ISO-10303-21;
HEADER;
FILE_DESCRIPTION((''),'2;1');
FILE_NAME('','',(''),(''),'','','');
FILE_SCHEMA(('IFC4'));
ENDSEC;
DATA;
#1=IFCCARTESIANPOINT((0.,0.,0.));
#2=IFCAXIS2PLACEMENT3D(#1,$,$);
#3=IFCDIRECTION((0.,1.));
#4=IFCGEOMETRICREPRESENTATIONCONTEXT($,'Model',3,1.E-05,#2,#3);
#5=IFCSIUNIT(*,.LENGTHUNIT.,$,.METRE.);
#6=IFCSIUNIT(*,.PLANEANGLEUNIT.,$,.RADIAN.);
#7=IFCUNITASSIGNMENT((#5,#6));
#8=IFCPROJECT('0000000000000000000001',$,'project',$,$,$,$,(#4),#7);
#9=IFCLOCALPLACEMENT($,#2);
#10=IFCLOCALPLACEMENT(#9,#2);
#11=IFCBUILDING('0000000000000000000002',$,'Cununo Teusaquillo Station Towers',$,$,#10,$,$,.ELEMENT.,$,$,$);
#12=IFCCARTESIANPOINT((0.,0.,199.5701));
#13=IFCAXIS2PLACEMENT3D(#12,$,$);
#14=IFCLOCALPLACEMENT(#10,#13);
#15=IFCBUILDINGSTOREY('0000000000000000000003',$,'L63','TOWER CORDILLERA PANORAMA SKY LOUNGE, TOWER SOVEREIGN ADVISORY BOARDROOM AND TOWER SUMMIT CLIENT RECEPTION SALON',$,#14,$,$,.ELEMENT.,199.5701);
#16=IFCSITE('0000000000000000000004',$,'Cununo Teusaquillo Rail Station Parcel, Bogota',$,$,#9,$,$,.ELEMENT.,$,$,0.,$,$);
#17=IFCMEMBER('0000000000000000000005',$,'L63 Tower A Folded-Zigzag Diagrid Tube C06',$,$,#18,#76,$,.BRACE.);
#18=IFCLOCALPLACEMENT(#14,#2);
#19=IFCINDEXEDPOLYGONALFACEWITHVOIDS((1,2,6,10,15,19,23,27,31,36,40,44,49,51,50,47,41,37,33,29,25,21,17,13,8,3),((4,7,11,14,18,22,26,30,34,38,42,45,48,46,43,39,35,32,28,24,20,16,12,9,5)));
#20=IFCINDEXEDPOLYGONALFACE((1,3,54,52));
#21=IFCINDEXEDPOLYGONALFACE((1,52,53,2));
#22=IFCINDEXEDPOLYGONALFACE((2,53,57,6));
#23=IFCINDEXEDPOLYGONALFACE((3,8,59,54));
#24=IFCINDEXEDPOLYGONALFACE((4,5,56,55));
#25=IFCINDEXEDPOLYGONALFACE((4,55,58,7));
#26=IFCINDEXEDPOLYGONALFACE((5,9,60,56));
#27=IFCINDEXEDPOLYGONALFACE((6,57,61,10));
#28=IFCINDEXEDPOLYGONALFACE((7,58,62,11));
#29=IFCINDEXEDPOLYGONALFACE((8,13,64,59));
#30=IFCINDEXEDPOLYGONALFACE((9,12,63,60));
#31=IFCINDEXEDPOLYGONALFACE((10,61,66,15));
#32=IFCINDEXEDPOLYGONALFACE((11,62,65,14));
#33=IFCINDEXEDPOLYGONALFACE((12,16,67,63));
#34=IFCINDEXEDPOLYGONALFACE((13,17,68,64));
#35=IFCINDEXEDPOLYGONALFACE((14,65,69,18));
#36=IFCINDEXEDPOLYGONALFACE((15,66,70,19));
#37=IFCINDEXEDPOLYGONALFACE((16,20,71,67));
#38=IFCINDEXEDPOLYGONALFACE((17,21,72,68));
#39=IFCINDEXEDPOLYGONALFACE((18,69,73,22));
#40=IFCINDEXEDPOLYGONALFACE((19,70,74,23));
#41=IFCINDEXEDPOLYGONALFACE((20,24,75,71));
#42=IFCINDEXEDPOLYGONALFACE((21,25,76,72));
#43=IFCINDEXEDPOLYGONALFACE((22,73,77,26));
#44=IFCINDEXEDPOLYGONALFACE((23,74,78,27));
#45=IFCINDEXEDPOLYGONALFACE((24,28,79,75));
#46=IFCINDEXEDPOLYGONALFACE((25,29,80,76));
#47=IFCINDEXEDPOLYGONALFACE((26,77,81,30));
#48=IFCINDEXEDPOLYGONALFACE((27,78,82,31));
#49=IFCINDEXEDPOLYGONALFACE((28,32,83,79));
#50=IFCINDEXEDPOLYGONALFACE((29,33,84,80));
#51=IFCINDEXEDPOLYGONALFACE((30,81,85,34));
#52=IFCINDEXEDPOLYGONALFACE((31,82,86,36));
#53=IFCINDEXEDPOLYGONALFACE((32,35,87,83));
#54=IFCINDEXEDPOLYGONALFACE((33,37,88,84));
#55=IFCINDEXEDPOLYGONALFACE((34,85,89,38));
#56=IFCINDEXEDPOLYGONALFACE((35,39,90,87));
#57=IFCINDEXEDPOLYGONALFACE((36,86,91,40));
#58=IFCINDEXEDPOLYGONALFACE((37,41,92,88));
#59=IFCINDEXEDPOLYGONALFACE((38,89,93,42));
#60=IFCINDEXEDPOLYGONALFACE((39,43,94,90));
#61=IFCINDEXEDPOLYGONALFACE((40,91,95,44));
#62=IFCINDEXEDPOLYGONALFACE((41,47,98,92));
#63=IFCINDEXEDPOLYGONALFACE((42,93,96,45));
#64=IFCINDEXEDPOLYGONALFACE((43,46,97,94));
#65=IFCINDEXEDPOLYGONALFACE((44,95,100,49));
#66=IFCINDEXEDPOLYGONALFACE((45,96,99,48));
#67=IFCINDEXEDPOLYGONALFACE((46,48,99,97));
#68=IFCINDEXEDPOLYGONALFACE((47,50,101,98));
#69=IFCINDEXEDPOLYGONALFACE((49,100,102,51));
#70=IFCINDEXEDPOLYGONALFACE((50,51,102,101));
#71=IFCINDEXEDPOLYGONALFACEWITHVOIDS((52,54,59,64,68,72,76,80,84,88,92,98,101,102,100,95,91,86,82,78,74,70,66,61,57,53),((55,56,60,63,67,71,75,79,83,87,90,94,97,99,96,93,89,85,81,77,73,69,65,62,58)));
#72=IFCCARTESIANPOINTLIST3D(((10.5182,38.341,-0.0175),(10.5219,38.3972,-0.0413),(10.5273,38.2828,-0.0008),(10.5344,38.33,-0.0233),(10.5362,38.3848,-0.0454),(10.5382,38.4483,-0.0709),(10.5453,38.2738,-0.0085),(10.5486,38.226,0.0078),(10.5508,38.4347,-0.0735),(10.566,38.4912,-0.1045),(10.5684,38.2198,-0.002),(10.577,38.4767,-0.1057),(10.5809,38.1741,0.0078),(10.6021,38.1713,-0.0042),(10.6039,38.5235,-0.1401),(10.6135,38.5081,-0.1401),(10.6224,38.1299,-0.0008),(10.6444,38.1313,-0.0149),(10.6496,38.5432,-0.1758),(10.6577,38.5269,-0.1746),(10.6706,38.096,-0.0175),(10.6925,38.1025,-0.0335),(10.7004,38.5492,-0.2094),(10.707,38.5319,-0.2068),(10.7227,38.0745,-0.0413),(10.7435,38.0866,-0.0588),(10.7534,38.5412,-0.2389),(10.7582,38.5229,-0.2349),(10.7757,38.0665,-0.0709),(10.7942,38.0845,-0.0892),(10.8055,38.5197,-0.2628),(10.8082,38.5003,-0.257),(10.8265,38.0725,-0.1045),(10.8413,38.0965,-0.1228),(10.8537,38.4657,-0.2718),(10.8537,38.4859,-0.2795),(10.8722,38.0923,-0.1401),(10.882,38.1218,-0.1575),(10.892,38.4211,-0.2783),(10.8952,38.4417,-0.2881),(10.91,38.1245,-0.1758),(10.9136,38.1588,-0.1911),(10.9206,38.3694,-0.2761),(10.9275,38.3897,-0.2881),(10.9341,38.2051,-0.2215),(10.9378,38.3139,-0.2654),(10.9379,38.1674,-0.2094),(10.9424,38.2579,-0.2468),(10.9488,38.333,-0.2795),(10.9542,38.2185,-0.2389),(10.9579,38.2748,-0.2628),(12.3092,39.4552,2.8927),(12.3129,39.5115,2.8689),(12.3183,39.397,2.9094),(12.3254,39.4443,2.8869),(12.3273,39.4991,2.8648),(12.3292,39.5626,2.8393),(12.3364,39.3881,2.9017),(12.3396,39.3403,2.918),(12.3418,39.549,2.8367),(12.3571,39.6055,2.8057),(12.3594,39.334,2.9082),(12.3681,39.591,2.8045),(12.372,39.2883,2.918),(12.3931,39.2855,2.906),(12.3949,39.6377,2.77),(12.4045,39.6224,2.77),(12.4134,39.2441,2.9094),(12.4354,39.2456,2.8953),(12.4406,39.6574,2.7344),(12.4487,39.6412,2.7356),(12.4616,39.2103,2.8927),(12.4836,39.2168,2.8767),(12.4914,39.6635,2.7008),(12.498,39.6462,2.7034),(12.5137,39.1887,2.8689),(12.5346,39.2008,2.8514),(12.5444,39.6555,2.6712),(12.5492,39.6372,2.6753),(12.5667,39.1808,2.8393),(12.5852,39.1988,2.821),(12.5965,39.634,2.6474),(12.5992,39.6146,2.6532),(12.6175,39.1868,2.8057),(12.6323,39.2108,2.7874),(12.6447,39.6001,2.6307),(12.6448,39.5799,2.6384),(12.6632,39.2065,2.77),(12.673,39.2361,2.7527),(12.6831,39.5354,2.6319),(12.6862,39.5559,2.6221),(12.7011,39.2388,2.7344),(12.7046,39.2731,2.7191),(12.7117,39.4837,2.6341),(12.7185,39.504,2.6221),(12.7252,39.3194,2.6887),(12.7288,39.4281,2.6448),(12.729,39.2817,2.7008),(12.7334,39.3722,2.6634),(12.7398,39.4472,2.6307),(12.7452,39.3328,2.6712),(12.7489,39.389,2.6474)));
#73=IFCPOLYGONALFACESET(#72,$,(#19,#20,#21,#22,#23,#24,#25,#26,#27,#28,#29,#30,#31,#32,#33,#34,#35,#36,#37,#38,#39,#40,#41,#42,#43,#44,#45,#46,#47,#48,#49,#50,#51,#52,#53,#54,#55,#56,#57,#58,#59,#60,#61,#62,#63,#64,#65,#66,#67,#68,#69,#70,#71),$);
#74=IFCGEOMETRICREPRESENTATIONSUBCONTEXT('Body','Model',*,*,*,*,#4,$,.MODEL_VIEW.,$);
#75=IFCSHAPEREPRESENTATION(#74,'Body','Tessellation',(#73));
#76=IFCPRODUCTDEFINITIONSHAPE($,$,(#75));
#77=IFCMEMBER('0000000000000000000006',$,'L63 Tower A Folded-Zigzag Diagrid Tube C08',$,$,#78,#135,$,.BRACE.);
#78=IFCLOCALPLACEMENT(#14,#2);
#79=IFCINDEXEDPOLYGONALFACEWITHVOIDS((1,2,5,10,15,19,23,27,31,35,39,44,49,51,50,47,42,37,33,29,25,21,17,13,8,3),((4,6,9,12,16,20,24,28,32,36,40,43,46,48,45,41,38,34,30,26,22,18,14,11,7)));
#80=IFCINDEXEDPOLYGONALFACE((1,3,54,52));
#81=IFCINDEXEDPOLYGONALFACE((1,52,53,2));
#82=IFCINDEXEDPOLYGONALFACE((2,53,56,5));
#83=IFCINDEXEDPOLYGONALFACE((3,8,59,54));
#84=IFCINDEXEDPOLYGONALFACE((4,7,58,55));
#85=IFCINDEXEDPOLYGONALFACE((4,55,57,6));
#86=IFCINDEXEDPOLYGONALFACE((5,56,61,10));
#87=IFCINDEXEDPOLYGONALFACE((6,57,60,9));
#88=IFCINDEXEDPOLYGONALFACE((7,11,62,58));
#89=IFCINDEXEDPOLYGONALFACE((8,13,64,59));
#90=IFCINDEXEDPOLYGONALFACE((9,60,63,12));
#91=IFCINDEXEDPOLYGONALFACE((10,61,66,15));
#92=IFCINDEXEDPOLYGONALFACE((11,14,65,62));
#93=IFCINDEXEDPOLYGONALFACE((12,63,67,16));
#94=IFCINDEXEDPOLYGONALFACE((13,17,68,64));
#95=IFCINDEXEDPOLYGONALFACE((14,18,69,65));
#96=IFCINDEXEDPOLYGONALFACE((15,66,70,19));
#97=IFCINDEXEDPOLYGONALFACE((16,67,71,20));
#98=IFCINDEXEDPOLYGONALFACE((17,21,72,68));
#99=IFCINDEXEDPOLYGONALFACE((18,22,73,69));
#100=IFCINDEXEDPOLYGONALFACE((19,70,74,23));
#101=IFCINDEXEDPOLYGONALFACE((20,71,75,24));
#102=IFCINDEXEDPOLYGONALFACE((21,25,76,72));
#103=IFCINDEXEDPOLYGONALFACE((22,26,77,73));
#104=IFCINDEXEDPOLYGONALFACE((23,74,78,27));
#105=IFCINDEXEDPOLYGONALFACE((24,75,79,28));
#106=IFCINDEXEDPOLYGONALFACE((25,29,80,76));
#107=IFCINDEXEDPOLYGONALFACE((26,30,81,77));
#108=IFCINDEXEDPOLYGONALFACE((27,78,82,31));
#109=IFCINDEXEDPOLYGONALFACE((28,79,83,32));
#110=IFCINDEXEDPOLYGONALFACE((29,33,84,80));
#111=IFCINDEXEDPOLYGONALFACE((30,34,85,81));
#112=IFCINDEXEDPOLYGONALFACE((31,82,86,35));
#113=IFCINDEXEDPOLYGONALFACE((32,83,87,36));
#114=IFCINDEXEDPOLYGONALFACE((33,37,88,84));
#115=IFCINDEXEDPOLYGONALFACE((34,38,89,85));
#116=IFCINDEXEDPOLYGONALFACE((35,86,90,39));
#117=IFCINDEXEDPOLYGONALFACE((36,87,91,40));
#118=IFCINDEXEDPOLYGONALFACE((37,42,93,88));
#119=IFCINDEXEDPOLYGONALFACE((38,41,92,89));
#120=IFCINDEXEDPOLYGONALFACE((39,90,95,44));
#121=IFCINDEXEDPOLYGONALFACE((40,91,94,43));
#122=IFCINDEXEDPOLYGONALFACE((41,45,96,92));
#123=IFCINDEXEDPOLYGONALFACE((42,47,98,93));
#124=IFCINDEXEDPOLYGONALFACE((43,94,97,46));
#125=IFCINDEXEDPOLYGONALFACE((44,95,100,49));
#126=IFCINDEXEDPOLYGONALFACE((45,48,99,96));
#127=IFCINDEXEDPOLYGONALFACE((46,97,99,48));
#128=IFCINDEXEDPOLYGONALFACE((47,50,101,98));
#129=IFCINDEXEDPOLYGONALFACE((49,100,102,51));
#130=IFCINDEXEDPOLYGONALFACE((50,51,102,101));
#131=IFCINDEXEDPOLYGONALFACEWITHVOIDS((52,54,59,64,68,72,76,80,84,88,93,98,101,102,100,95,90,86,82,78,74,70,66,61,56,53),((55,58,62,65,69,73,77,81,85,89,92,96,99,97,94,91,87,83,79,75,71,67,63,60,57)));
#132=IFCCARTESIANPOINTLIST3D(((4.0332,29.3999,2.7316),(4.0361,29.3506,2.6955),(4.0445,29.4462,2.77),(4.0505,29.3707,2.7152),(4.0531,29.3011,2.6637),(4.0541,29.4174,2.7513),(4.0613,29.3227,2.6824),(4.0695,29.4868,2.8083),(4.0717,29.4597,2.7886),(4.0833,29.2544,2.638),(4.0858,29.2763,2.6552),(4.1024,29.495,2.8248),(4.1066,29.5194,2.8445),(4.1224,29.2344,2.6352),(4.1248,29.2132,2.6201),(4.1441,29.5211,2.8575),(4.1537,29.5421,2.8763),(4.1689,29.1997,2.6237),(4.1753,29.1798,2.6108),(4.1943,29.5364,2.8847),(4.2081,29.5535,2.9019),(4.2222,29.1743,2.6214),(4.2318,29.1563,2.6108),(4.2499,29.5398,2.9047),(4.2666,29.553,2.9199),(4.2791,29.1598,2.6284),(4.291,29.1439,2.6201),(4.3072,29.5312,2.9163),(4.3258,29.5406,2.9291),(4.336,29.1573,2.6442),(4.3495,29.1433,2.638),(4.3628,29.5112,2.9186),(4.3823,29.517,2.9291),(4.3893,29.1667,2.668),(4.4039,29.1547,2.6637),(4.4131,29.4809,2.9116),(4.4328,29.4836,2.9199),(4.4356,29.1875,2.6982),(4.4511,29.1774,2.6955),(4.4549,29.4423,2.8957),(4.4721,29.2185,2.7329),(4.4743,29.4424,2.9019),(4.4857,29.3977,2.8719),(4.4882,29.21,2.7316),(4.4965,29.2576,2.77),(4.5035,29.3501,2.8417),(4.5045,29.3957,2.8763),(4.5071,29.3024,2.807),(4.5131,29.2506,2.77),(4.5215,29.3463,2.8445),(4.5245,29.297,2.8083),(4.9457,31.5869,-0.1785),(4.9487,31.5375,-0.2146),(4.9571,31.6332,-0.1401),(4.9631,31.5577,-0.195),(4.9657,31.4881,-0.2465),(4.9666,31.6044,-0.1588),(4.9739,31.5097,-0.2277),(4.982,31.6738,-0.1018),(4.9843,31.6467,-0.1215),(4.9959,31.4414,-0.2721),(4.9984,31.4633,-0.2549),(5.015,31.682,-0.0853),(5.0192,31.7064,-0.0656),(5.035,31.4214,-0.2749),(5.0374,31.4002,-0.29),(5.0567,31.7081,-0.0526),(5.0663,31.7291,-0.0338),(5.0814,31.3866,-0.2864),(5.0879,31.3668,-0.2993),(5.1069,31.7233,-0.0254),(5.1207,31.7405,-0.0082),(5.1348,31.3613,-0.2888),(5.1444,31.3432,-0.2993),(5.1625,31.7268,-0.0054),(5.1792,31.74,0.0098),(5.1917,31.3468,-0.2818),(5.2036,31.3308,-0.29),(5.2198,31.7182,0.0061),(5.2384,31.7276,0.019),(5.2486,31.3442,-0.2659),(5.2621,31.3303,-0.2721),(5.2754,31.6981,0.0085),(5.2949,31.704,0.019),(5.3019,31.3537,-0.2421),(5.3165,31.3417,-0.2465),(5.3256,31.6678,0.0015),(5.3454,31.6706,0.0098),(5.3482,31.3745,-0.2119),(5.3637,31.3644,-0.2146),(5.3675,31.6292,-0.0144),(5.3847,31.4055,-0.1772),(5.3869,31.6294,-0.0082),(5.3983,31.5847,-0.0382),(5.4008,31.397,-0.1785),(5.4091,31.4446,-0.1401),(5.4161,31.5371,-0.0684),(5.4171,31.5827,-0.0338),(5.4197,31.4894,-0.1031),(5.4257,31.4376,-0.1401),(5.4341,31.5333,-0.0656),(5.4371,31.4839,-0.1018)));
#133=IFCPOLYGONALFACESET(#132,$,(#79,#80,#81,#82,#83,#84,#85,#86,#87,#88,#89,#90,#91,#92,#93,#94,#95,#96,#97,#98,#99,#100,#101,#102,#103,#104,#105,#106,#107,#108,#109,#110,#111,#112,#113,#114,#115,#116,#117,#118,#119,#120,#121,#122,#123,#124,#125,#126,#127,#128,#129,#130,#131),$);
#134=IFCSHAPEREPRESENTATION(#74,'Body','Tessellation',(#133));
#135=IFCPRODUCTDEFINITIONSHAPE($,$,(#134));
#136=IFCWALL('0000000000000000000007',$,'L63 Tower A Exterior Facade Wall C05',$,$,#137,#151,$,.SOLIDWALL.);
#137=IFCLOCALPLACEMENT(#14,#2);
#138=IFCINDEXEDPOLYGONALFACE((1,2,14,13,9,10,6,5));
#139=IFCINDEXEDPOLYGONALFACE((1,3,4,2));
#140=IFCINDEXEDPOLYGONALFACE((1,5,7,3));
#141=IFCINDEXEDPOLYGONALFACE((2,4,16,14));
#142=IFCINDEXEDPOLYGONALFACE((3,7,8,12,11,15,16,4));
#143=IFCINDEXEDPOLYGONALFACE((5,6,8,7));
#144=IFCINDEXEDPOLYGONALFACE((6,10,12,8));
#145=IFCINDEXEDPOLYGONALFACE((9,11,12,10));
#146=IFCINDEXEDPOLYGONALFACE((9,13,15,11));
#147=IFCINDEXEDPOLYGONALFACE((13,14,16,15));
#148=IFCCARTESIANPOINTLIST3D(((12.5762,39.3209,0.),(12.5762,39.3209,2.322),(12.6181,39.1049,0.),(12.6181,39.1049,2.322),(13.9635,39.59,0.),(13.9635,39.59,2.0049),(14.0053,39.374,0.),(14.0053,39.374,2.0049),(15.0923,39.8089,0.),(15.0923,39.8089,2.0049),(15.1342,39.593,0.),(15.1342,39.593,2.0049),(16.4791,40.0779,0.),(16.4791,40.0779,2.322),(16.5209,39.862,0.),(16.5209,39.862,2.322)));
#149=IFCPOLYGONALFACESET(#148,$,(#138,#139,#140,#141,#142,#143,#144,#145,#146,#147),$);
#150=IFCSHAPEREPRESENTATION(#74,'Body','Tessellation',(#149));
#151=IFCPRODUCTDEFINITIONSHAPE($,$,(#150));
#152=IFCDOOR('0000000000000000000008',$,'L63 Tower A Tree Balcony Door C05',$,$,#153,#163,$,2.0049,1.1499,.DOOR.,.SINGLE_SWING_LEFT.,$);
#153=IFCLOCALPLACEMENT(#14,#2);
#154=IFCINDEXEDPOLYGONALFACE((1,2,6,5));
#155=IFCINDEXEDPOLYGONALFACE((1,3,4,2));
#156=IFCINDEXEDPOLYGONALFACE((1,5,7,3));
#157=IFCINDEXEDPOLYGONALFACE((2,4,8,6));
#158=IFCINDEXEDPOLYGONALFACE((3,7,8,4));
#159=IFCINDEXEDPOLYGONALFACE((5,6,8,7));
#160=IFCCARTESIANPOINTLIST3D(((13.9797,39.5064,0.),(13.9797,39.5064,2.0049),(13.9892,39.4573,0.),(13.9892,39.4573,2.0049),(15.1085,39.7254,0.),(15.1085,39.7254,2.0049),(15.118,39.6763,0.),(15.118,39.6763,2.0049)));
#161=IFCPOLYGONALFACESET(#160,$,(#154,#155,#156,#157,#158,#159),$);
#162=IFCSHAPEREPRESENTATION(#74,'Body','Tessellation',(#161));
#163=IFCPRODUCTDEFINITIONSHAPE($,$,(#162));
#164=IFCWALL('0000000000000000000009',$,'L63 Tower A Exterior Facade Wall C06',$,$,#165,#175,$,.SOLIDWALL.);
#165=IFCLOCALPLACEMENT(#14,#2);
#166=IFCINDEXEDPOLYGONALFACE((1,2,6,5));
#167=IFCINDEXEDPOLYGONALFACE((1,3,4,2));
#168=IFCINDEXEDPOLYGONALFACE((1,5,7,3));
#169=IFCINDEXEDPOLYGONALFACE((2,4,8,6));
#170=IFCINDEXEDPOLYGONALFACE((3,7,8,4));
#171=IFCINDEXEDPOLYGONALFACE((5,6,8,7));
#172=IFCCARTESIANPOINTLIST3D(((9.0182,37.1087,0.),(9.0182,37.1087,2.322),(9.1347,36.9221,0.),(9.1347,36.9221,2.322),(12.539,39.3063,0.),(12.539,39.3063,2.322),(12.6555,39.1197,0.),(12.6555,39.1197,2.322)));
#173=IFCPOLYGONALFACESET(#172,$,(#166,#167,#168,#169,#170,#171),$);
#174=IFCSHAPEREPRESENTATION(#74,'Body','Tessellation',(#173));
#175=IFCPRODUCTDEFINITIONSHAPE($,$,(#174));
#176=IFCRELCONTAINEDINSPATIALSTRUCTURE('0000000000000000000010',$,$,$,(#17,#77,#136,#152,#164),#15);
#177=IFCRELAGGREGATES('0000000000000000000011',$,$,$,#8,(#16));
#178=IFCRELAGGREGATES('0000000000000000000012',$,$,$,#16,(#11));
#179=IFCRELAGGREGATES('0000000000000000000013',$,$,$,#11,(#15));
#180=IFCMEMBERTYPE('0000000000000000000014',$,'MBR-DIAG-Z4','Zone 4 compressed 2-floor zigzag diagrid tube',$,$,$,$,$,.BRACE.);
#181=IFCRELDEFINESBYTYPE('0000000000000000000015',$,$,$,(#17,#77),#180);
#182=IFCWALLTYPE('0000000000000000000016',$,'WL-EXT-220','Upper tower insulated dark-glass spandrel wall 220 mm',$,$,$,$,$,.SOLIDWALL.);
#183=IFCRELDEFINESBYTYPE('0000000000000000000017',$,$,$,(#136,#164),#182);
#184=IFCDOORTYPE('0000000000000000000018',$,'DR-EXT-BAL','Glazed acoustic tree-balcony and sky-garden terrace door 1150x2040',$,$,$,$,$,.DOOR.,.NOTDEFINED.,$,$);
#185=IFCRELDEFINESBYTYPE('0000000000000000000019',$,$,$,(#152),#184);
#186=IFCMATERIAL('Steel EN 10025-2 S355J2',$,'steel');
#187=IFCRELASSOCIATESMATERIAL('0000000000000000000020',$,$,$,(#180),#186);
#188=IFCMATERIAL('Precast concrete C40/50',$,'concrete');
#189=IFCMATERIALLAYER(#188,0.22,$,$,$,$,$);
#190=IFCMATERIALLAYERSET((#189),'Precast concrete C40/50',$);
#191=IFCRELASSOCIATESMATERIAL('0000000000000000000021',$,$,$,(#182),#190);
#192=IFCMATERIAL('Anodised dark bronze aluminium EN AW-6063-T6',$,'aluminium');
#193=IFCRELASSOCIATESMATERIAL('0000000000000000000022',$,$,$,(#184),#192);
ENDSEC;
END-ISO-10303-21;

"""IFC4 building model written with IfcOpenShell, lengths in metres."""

from ifc_helpers import new_model, si_unit, direction, frame, frame_2d, origin, origin_2d, place, context, subcontext, project, spatial, rectangle, hollow_circle, extrude, source, transform, mapped, material, layer, layer_set, material_profile, profile_set, type_object, element, fill, save


model = new_model("IFC4")

# Units and contexts
model_context = context("Model", 3, precision=1e-05, world=origin(), true_north=direction((0.0, 1.0)))
body_context = subcontext(model_context, "Body", "Model", "MODEL_VIEW")
ifc_project = project(units=[si_unit("LENGTHUNIT", "METRE"), si_unit("PLANEANGLEUNIT", "RADIAN")], contexts=[model_context])

# Site, building, storey
site_placement = place(None, origin())
site = spatial("IfcSite", under=ifc_project, at=site_placement, Name="Cununo Teusaquillo Rail Station Parcel, Bogota", CompositionType="ELEMENT", RefElevation=0.0)
building_placement = place(site_placement, origin())
building = spatial("IfcBuilding", under=site, at=building_placement, Name="Cununo Teusaquillo Station Towers", CompositionType="ELEMENT")
storey_placement = place(building_placement, frame((0.0, 0.0, 199.5701)))
storey = spatial("IfcBuildingStorey", under=building, at=storey_placement, Name="L63", Description="TOWER CORDILLERA PANORAMA SKY LOUNGE, TOWER SOVEREIGN ADVISORY BOARDROOM AND TOWER SUMMIT CLIENT RECEPTION SALON", CompositionType="ELEMENT", Elevation=199.5701)

# Members
ifc_material_1 = material(Name="Steel EN 10025-2 S355J2", Category="steel")
ifc_material_profile_1 = material_profile(ifc_material_1, hollow_circle(Radius=0.2539, WallThickness=0.0181, at=origin_2d()), Name="CHS 508x18")
ifc_profile_set_1 = profile_set([ifc_material_profile_1], Name="Steel EN 10025-2 S355J2")
member_type = type_object("IfcMemberType", Name="MBR-DIAG-Z4", Description="Zone 4 compressed 2-floor zigzag diagrid tube", PredefinedType="BRACE", material=ifc_profile_set_1)
member_1_placement = place(storey_placement, frame((10.738, 38.3079, -0.1401), z_axis=(0.498306, 0.310015, 0.80968), x_axis=(-0.52825, 0.849089, 0.0)))
element("IfcMember", 1, at=member_1_placement, inside=storey, type_object=member_type, Name="L63 Tower A Folded-Zigzag Diagrid Tube C06", PredefinedType="BRACE", context=body_context, shape_type="SweptSolid", body=[
    extrude(hollow_circle(Radius=0.2539, WallThickness=0.0181, at=origin_2d()), origin(), (0.0, 0.0, 1.0), 3.5942),
])
member_2_placement = place(storey_placement, frame((5.1914, 31.5354, -0.1401), z_axis=(-0.243166, -0.58274, 0.775425), x_axis=(0.922876, -0.385098, 0.0)))
element("IfcMember", 2, at=member_2_placement, inside=storey, type_object=member_type, Name="L63 Tower A Folded-Zigzag Diagrid Tube C08", PredefinedType="BRACE", context=body_context, shape_type="SweptSolid", body=[
    extrude(hollow_circle(Radius=0.2539, WallThickness=0.0181, at=origin_2d()), origin(), (0.0, 0.0, 1.0), 3.7529),
])

# Wall, opening, door
ifc_material_2 = material(Name="Precast concrete C40/50", Category="concrete")
ifc_layer_1 = layer(ifc_material_2, 0.22)
ifc_layer_set_1 = layer_set([ifc_layer_1], Name="Precast concrete C40/50")
wall_type_1 = type_object("IfcWallType", Name="WL-EXT-220", Description="Upper tower insulated dark-glass spandrel wall 220 mm", PredefinedType="SOLIDWALL", material=ifc_layer_set_1)
wall_1_placement = place(storey_placement, frame((12.5972, 39.2129, 0.0), z_axis=(0.0, 0.0, 1.0), x_axis=(0.9817, 0.190432, 0.0)))
wall_1 = element("IfcWall", 3, at=wall_1_placement, inside=storey, type_object=wall_type_1, Name="L63 Tower A Exterior Facade Wall C05", PredefinedType="SOLIDWALL", context=body_context, shape_type="SweptSolid", body=[
    extrude(rectangle(XDim=3.9756, YDim=0.22, at=frame_2d((1.9878, 0.0))), origin(), (0.0, 0.0, 1.0), 2.322),
])
shared_shape_1 = source(origin(), body_context, "Body", "SweptSolid", [
    extrude(rectangle(XDim=1.1499, YDim=2.0049, at=frame_2d((0.575, 1.0024))), frame((0.0, 0.1199, 0.0), z_axis=(0.0, -1.0, 0.0), x_axis=(1.0, 0.0, 0.0)), (0.0, 0.0, 1.0), 0.24),
])
opening_1_placement = place(wall_1_placement, frame((1.4131, 0.0, 0.0)))
opening_1 = element("IfcOpeningElement", 4, at=opening_1_placement, cuts=wall_1, PredefinedType="OPENING", context=body_context, shape_type="MappedRepresentation", body=[
    mapped(shared_shape_1, transform((0.0, 0.0, 0.0), x_axis=(1.0, 0.0, 0.0), y_axis=(0.0, 1.0, 0.0), z_axis=(0.0, 0.0, 1.0), scale=1.0)),
])
ifc_material_3 = material(Name="Anodised dark bronze aluminium EN AW-6063-T6", Category="aluminium")
door_type = type_object("IfcDoorType", Name="DR-EXT-BAL", Description="Glazed acoustic tree-balcony and sky-garden terrace door 1150x2040", OperationType="NOTDEFINED", PredefinedType="DOOR", material=ifc_material_3)
shared_shape_2 = source(origin(), body_context, "Body", "SweptSolid", [
    extrude(rectangle(XDim=1.1499, YDim=2.0049, at=frame_2d((0.575, 1.0024))), frame((0.0, 0.0249, 0.0), z_axis=(0.0, -1.0, 0.0), x_axis=(1.0, 0.0, 0.0)), (0.0, 0.0, 1.0), 0.05),
])
door_placement = place(opening_1_placement, origin())
door = element("IfcDoor", 5, at=door_placement, inside=storey, type_object=door_type, Name="L63 Tower A Tree Balcony Door C05", OperationType="SINGLE_SWING_LEFT", OverallHeight=2.0049, OverallWidth=1.1499, PredefinedType="DOOR", context=body_context, shape_type="MappedRepresentation", body=[
    mapped(shared_shape_2, transform((0.0, 0.0, 0.0), x_axis=(1.0, 0.0, 0.0), y_axis=(0.0, 1.0, 0.0), z_axis=(0.0, 0.0, 1.0), scale=1.0)),
])
fill(opening_1, door)

# Wall
wall_2_placement = place(storey_placement, frame((9.0764, 37.0154, 0.0), z_axis=(0.0, 0.0, 1.0), x_axis=(0.848319, 0.529486, 0.0)))
element("IfcWall", 6, at=wall_2_placement, inside=storey, type_object=wall_type_1, Name="L63 Tower A Exterior Facade Wall C06", PredefinedType="SOLIDWALL", context=body_context, shape_type="SweptSolid", body=[
    extrude(rectangle(XDim=4.1504, YDim=0.22, at=frame_2d((2.0752, 0.0))), origin(), (0.0, 0.0, 1.0), 2.322),
])

save(model, "model.ifc")
